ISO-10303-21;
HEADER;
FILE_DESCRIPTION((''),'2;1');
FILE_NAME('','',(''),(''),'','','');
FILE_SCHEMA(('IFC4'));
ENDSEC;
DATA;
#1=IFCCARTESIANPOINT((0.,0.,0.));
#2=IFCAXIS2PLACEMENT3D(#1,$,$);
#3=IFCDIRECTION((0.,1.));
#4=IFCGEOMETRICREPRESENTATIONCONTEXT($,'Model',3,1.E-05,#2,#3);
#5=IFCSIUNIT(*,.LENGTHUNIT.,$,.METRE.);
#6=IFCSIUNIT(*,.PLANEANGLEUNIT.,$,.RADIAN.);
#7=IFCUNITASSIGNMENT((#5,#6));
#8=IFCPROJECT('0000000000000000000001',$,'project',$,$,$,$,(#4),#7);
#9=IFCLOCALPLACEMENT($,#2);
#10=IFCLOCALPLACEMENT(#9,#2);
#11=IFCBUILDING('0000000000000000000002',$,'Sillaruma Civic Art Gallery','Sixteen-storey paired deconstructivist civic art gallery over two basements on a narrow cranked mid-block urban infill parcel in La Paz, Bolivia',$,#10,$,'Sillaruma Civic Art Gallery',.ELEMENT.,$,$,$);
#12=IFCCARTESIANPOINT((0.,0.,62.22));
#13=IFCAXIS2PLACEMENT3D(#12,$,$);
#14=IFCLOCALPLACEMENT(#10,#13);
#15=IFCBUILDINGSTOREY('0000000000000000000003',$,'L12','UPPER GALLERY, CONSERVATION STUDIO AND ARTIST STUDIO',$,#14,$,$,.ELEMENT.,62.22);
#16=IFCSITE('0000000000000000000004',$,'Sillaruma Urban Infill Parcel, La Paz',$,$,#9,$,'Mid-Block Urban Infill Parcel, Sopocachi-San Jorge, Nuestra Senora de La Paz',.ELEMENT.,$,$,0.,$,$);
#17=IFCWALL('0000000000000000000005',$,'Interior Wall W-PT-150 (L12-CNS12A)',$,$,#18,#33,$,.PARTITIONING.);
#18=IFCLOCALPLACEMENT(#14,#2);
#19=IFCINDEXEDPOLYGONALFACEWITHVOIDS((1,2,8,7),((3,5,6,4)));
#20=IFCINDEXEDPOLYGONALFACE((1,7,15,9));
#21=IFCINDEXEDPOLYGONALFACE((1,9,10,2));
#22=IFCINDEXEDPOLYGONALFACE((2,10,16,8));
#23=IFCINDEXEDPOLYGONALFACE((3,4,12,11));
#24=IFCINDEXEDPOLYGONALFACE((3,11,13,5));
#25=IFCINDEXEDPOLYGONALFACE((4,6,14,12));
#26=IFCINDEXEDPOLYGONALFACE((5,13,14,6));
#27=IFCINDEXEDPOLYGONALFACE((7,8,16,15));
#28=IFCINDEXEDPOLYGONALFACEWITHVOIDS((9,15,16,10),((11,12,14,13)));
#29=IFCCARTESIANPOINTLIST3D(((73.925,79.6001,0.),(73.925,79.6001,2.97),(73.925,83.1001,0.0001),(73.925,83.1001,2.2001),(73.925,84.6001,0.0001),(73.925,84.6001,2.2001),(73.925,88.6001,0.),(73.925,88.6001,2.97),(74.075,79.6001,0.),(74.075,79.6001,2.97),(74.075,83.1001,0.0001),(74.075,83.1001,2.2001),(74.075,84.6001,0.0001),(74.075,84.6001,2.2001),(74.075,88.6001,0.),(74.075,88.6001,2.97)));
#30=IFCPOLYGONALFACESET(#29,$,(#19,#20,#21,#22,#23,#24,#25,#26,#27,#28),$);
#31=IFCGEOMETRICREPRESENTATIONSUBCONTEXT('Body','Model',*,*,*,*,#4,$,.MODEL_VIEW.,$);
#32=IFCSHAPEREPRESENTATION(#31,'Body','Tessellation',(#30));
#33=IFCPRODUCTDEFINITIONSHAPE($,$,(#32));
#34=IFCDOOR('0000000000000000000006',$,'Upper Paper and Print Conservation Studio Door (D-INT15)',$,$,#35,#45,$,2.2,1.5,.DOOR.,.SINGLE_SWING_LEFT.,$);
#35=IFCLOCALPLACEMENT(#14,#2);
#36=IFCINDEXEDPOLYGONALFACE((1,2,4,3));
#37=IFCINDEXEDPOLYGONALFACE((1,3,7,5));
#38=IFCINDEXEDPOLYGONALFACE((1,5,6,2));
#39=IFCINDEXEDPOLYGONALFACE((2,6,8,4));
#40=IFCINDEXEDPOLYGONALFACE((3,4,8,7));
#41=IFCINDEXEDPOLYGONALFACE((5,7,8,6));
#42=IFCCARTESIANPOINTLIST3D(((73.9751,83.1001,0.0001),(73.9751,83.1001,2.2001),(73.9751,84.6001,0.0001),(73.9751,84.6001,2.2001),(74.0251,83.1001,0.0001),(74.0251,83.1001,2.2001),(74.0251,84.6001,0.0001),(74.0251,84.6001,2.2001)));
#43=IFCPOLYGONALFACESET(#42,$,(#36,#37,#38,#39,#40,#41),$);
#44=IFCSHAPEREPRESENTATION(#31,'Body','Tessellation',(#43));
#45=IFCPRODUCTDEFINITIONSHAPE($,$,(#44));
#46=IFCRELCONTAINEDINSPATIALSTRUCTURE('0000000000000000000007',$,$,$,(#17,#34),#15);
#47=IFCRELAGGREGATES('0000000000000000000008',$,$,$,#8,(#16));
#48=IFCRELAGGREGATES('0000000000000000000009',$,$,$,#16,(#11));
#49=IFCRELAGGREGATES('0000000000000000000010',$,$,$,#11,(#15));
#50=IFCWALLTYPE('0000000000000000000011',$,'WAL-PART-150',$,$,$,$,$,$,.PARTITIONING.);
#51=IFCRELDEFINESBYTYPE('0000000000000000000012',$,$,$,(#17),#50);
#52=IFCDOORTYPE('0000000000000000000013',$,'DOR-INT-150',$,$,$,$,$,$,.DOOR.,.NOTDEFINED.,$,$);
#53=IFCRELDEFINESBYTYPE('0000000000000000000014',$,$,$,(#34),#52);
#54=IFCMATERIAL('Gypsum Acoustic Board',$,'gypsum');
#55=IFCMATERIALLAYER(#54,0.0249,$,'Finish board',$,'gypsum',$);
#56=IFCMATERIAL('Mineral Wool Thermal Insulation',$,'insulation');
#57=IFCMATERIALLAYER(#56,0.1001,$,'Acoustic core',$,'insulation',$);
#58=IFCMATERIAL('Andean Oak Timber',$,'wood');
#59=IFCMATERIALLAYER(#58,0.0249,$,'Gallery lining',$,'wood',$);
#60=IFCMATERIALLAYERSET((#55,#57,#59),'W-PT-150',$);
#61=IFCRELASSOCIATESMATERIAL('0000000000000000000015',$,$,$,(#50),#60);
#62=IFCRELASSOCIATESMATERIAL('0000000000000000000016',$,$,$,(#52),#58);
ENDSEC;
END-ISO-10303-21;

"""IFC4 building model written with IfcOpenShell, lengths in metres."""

from ifc_helpers import new_model, si_unit, direction, frame, frame_2d, origin, place, context, subcontext, project, spatial, rectangle, extrude, material, layer, layer_set, type_object, element, fill, save


model = new_model("IFC4")

# Units and contexts
model_context = context("Model", 3, precision=1e-05, world=origin(), true_north=direction((0.0, 1.0)))
body_context = subcontext(model_context, "Body", "Model", "MODEL_VIEW")
ifc_project = project(units=[si_unit("LENGTHUNIT", "METRE"), si_unit("PLANEANGLEUNIT", "RADIAN")], contexts=[model_context])

# Site, building, storey
site_placement = place(None, origin())
site = spatial("IfcSite", under=ifc_project, at=site_placement, Name="Sillaruma Urban Infill Parcel, La Paz", LongName="Mid-Block Urban Infill Parcel, Sopocachi-San Jorge, Nuestra Senora de La Paz", CompositionType="ELEMENT", RefElevation=0.0)
building_placement = place(site_placement, origin())
building = spatial("IfcBuilding", under=site, at=building_placement, Name="Sillaruma Civic Art Gallery", Description="Sixteen-storey paired deconstructivist civic art gallery over two basements on a narrow cranked mid-block urban infill parcel in La Paz, Bolivia", LongName="Sillaruma Civic Art Gallery", CompositionType="ELEMENT")
storey_placement = place(building_placement, frame((0.0, 0.0, 62.22)))
storey = spatial("IfcBuildingStorey", under=building, at=storey_placement, Name="L12", Description="UPPER GALLERY, CONSERVATION STUDIO AND ARTIST STUDIO", CompositionType="ELEMENT", Elevation=62.22)

# Wall, opening, door
ifc_material_1 = material(Name="Gypsum Acoustic Board", Category="gypsum")
ifc_layer_1 = layer(ifc_material_1, 0.0249, Name="Finish board", Category="gypsum")
ifc_material_2 = material(Name="Mineral Wool Thermal Insulation", Category="insulation")
ifc_layer_2 = layer(ifc_material_2, 0.1001, Name="Acoustic core", Category="insulation")
ifc_material_3 = material(Name="Andean Oak Timber", Category="wood")
ifc_layer_3 = layer(ifc_material_3, 0.0249, Name="Gallery lining", Category="wood")
ifc_layer_set_1 = layer_set([ifc_layer_1, ifc_layer_2, ifc_layer_3], Name="W-PT-150")
wall_type_1 = type_object("IfcWallType", Name="WAL-PART-150", PredefinedType="PARTITIONING", material=ifc_layer_set_1)
wall_1_placement = place(storey_placement, frame((74.0, 79.6001, 0.0), z_axis=(0.0, 0.0, 1.0), x_axis=(0.0, 1.0, 0.0)))
wall_1 = element("IfcWall", 1, at=wall_1_placement, inside=storey, type_object=wall_type_1, Name="Interior Wall W-PT-150 (L12-CNS12A)", PredefinedType="PARTITIONING", context=body_context, shape_type="SweptSolid", body=[
    extrude(rectangle(XDim=9.0, YDim=0.1499, at=frame_2d((4.5, 0.0))), origin(), (0.0, 0.0, 1.0), 2.97),
])
opening_placement = place(wall_1_placement, frame((3.5, 0.0, 0.0)))
opening = element("IfcOpeningElement", 2, at=opening_placement, cuts=wall_1, PredefinedType="OPENING", context=body_context, shape_type="SweptSolid", body=[
    extrude(rectangle(XDim=1.5, YDim=2.2, at=frame_2d((0.75, 1.1001))), frame((0.0, 0.085, 0.0), z_axis=(0.0, -1.0, 0.0), x_axis=(1.0, 0.0, 0.0)), (0.0, 0.0, 1.0), 0.1699),
])
door_type = type_object("IfcDoorType", Name="DOR-INT-150", OperationType="NOTDEFINED", PredefinedType="DOOR", material=ifc_material_3)
door_placement = place(opening_placement, origin())
door = element("IfcDoor", 3, at=door_placement, inside=storey, type_object=door_type, Name="Upper Paper and Print Conservation Studio Door (D-INT15)", OperationType="SINGLE_SWING_LEFT", OverallHeight=2.2, OverallWidth=1.5, PredefinedType="DOOR", context=body_context, shape_type="SweptSolid", body=[
    extrude(rectangle(XDim=1.5, YDim=2.2, at=frame_2d((0.75, 1.1001))), frame((0.0, 0.0249, 0.0), z_axis=(0.0, -1.0, 0.0), x_axis=(1.0, 0.0, 0.0)), (0.0, 0.0, 1.0), 0.05),
])
fill(opening, door)

save(model, "model.ifc")
